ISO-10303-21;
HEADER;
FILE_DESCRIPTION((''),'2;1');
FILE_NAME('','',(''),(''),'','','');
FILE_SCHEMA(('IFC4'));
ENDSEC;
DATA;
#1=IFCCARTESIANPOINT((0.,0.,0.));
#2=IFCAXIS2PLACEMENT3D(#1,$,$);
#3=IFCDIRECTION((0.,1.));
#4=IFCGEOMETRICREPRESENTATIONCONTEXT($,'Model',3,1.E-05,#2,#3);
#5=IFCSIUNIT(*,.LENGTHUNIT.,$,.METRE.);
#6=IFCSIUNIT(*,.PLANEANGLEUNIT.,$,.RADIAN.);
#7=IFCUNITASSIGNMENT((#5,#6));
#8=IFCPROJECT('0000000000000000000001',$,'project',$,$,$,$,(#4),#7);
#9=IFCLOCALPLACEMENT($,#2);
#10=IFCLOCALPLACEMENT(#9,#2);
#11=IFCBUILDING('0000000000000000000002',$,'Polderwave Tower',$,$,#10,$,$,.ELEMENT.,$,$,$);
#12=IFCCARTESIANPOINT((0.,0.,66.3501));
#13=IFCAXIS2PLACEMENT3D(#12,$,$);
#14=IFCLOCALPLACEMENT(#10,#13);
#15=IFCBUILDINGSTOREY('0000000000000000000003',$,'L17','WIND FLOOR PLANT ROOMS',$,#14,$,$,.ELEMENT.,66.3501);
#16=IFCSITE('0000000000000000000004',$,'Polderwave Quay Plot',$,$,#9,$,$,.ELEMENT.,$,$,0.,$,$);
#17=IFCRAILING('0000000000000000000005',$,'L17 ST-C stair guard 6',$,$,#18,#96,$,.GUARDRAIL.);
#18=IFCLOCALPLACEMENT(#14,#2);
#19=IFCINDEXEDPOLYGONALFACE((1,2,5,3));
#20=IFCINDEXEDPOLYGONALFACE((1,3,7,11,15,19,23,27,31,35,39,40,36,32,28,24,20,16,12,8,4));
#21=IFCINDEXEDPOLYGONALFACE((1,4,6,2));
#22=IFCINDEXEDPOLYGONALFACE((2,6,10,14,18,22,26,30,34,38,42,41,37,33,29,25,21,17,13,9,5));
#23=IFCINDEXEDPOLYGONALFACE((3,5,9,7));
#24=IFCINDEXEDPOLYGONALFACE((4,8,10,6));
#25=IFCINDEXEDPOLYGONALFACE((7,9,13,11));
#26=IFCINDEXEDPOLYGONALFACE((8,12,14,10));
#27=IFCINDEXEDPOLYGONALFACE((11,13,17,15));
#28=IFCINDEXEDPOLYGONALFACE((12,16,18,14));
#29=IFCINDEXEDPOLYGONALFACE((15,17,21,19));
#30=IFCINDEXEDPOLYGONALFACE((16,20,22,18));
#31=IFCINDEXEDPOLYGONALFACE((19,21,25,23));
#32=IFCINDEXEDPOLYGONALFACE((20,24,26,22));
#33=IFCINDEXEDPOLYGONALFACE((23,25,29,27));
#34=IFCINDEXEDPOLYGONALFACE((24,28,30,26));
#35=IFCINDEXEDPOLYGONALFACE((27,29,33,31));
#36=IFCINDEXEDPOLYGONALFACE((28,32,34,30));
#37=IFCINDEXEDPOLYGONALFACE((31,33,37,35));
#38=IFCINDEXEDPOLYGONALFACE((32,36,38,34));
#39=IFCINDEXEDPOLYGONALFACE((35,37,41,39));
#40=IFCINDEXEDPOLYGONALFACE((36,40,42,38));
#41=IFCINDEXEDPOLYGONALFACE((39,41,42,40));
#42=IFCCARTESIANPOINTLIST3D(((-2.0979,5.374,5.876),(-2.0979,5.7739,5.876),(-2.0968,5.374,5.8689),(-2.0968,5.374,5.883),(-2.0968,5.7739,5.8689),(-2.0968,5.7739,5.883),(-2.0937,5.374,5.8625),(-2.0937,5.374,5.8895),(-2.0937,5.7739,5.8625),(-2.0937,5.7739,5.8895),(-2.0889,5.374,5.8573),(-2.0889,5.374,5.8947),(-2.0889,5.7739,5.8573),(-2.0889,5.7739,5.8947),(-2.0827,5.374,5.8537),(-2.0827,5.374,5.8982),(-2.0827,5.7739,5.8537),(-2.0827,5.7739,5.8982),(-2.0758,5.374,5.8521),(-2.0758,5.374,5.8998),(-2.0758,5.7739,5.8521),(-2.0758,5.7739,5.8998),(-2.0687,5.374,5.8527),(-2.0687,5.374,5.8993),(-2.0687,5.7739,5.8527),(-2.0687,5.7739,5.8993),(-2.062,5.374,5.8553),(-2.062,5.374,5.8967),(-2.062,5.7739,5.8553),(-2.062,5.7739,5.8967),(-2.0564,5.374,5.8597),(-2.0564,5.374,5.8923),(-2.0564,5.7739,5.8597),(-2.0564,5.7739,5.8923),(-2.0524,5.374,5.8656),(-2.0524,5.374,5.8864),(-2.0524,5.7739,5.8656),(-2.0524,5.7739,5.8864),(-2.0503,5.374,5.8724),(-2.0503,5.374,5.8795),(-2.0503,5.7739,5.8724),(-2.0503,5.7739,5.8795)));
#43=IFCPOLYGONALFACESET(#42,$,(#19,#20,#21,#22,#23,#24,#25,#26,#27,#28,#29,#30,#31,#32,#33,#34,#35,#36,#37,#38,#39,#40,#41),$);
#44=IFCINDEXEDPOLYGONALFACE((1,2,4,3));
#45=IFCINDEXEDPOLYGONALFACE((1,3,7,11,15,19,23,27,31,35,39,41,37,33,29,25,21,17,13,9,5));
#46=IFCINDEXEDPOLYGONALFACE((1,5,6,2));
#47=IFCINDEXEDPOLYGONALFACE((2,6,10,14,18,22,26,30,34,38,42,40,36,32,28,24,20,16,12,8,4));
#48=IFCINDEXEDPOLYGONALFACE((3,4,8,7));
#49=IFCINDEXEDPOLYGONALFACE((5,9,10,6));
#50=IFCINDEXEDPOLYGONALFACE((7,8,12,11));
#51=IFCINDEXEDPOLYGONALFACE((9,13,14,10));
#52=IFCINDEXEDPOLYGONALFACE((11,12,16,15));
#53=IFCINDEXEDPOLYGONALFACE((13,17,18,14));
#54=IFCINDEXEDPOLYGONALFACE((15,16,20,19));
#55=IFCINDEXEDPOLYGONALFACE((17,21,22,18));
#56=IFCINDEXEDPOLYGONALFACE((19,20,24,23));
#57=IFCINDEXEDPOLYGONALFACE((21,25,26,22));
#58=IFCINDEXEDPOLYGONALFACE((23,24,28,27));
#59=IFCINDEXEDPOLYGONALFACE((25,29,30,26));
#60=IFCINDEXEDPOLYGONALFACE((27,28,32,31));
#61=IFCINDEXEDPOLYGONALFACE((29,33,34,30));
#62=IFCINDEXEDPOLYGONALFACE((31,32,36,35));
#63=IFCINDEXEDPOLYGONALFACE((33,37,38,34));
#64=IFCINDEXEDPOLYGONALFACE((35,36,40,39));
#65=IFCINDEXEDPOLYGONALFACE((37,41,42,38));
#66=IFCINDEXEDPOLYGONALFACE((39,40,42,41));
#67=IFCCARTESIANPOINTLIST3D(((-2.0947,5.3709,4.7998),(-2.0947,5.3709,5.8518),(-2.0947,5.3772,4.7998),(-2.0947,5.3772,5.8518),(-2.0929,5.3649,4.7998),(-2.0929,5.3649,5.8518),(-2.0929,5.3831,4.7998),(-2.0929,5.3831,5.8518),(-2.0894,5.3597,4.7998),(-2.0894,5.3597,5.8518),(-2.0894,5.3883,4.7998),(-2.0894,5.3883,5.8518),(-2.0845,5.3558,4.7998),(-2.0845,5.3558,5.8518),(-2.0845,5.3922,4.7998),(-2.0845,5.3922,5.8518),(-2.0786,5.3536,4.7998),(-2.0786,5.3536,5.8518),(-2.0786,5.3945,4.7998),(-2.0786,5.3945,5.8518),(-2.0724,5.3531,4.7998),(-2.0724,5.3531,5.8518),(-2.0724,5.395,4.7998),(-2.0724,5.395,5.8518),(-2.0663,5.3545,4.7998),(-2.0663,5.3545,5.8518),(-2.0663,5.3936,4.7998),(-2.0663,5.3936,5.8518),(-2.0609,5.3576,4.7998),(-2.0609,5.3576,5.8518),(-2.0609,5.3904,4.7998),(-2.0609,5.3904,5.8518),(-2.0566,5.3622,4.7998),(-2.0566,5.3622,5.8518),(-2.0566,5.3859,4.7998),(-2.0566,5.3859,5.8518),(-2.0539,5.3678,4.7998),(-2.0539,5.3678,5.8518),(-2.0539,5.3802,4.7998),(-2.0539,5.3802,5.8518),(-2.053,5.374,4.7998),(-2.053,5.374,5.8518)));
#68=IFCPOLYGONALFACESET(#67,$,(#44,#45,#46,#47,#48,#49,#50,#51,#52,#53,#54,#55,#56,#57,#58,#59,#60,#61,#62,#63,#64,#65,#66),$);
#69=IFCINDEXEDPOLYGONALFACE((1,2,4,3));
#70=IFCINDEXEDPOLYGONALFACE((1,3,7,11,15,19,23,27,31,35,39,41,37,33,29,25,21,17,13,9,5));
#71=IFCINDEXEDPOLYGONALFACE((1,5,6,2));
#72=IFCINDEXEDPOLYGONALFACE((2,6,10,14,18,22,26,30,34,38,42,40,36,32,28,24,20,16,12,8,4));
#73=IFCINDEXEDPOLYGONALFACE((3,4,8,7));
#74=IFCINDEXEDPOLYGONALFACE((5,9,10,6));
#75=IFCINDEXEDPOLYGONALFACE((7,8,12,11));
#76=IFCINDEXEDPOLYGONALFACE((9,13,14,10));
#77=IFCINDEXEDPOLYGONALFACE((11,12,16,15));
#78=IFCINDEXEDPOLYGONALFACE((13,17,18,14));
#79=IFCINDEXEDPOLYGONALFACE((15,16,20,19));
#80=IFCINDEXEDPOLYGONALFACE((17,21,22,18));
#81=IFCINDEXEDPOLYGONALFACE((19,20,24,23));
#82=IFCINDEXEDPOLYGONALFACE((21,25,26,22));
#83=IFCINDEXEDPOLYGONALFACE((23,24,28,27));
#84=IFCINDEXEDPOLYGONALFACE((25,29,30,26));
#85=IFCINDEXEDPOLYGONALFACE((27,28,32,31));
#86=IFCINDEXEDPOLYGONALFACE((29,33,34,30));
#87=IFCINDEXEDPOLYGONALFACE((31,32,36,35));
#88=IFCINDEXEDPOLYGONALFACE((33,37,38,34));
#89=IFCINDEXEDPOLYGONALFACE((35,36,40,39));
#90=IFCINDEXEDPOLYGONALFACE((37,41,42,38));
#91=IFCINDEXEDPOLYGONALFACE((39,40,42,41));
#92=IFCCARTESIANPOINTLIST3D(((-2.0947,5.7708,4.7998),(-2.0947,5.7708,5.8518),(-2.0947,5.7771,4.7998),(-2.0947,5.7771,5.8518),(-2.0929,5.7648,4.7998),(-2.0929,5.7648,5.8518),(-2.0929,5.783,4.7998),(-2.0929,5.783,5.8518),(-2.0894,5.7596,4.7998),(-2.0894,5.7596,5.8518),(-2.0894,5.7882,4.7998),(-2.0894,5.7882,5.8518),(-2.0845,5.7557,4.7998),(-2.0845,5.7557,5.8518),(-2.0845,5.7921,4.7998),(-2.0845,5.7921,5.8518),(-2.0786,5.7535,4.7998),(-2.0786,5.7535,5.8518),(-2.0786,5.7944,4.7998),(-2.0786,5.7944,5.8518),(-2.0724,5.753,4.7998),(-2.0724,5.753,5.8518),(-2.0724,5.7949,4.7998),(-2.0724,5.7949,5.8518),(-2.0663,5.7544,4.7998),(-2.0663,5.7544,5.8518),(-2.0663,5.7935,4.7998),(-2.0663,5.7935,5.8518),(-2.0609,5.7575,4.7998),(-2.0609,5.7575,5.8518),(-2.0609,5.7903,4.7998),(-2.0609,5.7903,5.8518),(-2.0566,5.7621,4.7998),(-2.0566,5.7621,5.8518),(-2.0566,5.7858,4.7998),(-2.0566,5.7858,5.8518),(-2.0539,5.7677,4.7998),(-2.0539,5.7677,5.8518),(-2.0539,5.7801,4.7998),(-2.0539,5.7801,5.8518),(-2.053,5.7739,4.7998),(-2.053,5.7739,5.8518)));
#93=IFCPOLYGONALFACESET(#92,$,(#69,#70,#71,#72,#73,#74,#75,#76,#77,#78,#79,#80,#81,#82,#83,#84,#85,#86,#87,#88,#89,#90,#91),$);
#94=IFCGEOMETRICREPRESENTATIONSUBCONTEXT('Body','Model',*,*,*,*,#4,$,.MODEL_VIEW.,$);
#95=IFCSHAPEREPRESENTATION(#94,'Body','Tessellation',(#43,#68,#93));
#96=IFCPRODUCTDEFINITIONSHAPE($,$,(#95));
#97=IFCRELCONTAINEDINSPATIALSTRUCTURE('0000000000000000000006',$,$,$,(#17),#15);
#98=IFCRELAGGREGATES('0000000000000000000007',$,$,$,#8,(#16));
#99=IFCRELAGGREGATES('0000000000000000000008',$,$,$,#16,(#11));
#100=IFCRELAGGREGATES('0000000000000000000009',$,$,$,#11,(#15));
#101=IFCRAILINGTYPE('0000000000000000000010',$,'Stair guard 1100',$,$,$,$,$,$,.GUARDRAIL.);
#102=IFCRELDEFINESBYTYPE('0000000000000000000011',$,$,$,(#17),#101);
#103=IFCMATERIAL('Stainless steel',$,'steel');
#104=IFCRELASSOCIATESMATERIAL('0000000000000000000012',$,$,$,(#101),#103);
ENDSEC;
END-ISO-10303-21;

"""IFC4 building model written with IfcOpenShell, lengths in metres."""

from ifc_helpers import new_model, si_unit, direction, frame, origin, origin_2d, place, context, subcontext, project, spatial, circle, extrude, material, type_object, element, save


model = new_model("IFC4")

# Units and contexts
model_context = context("Model", 3, precision=1e-05, world=origin(), true_north=direction((0.0, 1.0)))
body_context = subcontext(model_context, "Body", "Model", "MODEL_VIEW")
ifc_project = project(units=[si_unit("LENGTHUNIT", "METRE"), si_unit("PLANEANGLEUNIT", "RADIAN")], contexts=[model_context])

# Site, building, storey
site_placement = place(None, origin())
site = spatial("IfcSite", under=ifc_project, at=site_placement, Name="Polderwave Quay Plot", CompositionType="ELEMENT", RefElevation=0.0)
building_placement = place(site_placement, origin())
building = spatial("IfcBuilding", under=site, at=building_placement, Name="Polderwave Tower", CompositionType="ELEMENT")
storey_placement = place(building_placement, frame((0.0, 0.0, 66.3501)))
storey = spatial("IfcBuildingStorey", under=building, at=storey_placement, Name="L17", Description="WIND FLOOR PLANT ROOMS", CompositionType="ELEMENT", Elevation=66.3501)

# Railing
ifc_material_1 = material(Name="Stainless steel", Category="steel")
railing_type_1 = type_object("IfcRailingType", Name="Stair guard 1100", PredefinedType="GUARDRAIL", material=ifc_material_1)
railing_1_placement = place(storey_placement, frame((-2.074, 5.374, 4.7998)))
element("IfcRailing", 1, at=railing_1_placement, inside=storey, type_object=railing_type_1, Name="L17 ST-C stair guard 6", PredefinedType="GUARDRAIL", context=body_context, shape_type="SweptSolid", body=[
    extrude(circle(Radius=0.0239, at=origin_2d()), frame((0.0, 0.0, 1.0762), z_axis=(0.0, 1.0, 0.0), x_axis=(-1.0, 0.0, 0.0)), (0.0, 0.0, 1.0), 0.3999),
    extrude(circle(Radius=0.021, at=origin_2d()), origin(), (0.0, 0.0, 1.0), 1.052),
    extrude(circle(Radius=0.021, at=origin_2d()), frame((0.0, 0.3999, 0.0)), (0.0, 0.0, 1.0), 1.052),
])

save(model, "model.ifc")
